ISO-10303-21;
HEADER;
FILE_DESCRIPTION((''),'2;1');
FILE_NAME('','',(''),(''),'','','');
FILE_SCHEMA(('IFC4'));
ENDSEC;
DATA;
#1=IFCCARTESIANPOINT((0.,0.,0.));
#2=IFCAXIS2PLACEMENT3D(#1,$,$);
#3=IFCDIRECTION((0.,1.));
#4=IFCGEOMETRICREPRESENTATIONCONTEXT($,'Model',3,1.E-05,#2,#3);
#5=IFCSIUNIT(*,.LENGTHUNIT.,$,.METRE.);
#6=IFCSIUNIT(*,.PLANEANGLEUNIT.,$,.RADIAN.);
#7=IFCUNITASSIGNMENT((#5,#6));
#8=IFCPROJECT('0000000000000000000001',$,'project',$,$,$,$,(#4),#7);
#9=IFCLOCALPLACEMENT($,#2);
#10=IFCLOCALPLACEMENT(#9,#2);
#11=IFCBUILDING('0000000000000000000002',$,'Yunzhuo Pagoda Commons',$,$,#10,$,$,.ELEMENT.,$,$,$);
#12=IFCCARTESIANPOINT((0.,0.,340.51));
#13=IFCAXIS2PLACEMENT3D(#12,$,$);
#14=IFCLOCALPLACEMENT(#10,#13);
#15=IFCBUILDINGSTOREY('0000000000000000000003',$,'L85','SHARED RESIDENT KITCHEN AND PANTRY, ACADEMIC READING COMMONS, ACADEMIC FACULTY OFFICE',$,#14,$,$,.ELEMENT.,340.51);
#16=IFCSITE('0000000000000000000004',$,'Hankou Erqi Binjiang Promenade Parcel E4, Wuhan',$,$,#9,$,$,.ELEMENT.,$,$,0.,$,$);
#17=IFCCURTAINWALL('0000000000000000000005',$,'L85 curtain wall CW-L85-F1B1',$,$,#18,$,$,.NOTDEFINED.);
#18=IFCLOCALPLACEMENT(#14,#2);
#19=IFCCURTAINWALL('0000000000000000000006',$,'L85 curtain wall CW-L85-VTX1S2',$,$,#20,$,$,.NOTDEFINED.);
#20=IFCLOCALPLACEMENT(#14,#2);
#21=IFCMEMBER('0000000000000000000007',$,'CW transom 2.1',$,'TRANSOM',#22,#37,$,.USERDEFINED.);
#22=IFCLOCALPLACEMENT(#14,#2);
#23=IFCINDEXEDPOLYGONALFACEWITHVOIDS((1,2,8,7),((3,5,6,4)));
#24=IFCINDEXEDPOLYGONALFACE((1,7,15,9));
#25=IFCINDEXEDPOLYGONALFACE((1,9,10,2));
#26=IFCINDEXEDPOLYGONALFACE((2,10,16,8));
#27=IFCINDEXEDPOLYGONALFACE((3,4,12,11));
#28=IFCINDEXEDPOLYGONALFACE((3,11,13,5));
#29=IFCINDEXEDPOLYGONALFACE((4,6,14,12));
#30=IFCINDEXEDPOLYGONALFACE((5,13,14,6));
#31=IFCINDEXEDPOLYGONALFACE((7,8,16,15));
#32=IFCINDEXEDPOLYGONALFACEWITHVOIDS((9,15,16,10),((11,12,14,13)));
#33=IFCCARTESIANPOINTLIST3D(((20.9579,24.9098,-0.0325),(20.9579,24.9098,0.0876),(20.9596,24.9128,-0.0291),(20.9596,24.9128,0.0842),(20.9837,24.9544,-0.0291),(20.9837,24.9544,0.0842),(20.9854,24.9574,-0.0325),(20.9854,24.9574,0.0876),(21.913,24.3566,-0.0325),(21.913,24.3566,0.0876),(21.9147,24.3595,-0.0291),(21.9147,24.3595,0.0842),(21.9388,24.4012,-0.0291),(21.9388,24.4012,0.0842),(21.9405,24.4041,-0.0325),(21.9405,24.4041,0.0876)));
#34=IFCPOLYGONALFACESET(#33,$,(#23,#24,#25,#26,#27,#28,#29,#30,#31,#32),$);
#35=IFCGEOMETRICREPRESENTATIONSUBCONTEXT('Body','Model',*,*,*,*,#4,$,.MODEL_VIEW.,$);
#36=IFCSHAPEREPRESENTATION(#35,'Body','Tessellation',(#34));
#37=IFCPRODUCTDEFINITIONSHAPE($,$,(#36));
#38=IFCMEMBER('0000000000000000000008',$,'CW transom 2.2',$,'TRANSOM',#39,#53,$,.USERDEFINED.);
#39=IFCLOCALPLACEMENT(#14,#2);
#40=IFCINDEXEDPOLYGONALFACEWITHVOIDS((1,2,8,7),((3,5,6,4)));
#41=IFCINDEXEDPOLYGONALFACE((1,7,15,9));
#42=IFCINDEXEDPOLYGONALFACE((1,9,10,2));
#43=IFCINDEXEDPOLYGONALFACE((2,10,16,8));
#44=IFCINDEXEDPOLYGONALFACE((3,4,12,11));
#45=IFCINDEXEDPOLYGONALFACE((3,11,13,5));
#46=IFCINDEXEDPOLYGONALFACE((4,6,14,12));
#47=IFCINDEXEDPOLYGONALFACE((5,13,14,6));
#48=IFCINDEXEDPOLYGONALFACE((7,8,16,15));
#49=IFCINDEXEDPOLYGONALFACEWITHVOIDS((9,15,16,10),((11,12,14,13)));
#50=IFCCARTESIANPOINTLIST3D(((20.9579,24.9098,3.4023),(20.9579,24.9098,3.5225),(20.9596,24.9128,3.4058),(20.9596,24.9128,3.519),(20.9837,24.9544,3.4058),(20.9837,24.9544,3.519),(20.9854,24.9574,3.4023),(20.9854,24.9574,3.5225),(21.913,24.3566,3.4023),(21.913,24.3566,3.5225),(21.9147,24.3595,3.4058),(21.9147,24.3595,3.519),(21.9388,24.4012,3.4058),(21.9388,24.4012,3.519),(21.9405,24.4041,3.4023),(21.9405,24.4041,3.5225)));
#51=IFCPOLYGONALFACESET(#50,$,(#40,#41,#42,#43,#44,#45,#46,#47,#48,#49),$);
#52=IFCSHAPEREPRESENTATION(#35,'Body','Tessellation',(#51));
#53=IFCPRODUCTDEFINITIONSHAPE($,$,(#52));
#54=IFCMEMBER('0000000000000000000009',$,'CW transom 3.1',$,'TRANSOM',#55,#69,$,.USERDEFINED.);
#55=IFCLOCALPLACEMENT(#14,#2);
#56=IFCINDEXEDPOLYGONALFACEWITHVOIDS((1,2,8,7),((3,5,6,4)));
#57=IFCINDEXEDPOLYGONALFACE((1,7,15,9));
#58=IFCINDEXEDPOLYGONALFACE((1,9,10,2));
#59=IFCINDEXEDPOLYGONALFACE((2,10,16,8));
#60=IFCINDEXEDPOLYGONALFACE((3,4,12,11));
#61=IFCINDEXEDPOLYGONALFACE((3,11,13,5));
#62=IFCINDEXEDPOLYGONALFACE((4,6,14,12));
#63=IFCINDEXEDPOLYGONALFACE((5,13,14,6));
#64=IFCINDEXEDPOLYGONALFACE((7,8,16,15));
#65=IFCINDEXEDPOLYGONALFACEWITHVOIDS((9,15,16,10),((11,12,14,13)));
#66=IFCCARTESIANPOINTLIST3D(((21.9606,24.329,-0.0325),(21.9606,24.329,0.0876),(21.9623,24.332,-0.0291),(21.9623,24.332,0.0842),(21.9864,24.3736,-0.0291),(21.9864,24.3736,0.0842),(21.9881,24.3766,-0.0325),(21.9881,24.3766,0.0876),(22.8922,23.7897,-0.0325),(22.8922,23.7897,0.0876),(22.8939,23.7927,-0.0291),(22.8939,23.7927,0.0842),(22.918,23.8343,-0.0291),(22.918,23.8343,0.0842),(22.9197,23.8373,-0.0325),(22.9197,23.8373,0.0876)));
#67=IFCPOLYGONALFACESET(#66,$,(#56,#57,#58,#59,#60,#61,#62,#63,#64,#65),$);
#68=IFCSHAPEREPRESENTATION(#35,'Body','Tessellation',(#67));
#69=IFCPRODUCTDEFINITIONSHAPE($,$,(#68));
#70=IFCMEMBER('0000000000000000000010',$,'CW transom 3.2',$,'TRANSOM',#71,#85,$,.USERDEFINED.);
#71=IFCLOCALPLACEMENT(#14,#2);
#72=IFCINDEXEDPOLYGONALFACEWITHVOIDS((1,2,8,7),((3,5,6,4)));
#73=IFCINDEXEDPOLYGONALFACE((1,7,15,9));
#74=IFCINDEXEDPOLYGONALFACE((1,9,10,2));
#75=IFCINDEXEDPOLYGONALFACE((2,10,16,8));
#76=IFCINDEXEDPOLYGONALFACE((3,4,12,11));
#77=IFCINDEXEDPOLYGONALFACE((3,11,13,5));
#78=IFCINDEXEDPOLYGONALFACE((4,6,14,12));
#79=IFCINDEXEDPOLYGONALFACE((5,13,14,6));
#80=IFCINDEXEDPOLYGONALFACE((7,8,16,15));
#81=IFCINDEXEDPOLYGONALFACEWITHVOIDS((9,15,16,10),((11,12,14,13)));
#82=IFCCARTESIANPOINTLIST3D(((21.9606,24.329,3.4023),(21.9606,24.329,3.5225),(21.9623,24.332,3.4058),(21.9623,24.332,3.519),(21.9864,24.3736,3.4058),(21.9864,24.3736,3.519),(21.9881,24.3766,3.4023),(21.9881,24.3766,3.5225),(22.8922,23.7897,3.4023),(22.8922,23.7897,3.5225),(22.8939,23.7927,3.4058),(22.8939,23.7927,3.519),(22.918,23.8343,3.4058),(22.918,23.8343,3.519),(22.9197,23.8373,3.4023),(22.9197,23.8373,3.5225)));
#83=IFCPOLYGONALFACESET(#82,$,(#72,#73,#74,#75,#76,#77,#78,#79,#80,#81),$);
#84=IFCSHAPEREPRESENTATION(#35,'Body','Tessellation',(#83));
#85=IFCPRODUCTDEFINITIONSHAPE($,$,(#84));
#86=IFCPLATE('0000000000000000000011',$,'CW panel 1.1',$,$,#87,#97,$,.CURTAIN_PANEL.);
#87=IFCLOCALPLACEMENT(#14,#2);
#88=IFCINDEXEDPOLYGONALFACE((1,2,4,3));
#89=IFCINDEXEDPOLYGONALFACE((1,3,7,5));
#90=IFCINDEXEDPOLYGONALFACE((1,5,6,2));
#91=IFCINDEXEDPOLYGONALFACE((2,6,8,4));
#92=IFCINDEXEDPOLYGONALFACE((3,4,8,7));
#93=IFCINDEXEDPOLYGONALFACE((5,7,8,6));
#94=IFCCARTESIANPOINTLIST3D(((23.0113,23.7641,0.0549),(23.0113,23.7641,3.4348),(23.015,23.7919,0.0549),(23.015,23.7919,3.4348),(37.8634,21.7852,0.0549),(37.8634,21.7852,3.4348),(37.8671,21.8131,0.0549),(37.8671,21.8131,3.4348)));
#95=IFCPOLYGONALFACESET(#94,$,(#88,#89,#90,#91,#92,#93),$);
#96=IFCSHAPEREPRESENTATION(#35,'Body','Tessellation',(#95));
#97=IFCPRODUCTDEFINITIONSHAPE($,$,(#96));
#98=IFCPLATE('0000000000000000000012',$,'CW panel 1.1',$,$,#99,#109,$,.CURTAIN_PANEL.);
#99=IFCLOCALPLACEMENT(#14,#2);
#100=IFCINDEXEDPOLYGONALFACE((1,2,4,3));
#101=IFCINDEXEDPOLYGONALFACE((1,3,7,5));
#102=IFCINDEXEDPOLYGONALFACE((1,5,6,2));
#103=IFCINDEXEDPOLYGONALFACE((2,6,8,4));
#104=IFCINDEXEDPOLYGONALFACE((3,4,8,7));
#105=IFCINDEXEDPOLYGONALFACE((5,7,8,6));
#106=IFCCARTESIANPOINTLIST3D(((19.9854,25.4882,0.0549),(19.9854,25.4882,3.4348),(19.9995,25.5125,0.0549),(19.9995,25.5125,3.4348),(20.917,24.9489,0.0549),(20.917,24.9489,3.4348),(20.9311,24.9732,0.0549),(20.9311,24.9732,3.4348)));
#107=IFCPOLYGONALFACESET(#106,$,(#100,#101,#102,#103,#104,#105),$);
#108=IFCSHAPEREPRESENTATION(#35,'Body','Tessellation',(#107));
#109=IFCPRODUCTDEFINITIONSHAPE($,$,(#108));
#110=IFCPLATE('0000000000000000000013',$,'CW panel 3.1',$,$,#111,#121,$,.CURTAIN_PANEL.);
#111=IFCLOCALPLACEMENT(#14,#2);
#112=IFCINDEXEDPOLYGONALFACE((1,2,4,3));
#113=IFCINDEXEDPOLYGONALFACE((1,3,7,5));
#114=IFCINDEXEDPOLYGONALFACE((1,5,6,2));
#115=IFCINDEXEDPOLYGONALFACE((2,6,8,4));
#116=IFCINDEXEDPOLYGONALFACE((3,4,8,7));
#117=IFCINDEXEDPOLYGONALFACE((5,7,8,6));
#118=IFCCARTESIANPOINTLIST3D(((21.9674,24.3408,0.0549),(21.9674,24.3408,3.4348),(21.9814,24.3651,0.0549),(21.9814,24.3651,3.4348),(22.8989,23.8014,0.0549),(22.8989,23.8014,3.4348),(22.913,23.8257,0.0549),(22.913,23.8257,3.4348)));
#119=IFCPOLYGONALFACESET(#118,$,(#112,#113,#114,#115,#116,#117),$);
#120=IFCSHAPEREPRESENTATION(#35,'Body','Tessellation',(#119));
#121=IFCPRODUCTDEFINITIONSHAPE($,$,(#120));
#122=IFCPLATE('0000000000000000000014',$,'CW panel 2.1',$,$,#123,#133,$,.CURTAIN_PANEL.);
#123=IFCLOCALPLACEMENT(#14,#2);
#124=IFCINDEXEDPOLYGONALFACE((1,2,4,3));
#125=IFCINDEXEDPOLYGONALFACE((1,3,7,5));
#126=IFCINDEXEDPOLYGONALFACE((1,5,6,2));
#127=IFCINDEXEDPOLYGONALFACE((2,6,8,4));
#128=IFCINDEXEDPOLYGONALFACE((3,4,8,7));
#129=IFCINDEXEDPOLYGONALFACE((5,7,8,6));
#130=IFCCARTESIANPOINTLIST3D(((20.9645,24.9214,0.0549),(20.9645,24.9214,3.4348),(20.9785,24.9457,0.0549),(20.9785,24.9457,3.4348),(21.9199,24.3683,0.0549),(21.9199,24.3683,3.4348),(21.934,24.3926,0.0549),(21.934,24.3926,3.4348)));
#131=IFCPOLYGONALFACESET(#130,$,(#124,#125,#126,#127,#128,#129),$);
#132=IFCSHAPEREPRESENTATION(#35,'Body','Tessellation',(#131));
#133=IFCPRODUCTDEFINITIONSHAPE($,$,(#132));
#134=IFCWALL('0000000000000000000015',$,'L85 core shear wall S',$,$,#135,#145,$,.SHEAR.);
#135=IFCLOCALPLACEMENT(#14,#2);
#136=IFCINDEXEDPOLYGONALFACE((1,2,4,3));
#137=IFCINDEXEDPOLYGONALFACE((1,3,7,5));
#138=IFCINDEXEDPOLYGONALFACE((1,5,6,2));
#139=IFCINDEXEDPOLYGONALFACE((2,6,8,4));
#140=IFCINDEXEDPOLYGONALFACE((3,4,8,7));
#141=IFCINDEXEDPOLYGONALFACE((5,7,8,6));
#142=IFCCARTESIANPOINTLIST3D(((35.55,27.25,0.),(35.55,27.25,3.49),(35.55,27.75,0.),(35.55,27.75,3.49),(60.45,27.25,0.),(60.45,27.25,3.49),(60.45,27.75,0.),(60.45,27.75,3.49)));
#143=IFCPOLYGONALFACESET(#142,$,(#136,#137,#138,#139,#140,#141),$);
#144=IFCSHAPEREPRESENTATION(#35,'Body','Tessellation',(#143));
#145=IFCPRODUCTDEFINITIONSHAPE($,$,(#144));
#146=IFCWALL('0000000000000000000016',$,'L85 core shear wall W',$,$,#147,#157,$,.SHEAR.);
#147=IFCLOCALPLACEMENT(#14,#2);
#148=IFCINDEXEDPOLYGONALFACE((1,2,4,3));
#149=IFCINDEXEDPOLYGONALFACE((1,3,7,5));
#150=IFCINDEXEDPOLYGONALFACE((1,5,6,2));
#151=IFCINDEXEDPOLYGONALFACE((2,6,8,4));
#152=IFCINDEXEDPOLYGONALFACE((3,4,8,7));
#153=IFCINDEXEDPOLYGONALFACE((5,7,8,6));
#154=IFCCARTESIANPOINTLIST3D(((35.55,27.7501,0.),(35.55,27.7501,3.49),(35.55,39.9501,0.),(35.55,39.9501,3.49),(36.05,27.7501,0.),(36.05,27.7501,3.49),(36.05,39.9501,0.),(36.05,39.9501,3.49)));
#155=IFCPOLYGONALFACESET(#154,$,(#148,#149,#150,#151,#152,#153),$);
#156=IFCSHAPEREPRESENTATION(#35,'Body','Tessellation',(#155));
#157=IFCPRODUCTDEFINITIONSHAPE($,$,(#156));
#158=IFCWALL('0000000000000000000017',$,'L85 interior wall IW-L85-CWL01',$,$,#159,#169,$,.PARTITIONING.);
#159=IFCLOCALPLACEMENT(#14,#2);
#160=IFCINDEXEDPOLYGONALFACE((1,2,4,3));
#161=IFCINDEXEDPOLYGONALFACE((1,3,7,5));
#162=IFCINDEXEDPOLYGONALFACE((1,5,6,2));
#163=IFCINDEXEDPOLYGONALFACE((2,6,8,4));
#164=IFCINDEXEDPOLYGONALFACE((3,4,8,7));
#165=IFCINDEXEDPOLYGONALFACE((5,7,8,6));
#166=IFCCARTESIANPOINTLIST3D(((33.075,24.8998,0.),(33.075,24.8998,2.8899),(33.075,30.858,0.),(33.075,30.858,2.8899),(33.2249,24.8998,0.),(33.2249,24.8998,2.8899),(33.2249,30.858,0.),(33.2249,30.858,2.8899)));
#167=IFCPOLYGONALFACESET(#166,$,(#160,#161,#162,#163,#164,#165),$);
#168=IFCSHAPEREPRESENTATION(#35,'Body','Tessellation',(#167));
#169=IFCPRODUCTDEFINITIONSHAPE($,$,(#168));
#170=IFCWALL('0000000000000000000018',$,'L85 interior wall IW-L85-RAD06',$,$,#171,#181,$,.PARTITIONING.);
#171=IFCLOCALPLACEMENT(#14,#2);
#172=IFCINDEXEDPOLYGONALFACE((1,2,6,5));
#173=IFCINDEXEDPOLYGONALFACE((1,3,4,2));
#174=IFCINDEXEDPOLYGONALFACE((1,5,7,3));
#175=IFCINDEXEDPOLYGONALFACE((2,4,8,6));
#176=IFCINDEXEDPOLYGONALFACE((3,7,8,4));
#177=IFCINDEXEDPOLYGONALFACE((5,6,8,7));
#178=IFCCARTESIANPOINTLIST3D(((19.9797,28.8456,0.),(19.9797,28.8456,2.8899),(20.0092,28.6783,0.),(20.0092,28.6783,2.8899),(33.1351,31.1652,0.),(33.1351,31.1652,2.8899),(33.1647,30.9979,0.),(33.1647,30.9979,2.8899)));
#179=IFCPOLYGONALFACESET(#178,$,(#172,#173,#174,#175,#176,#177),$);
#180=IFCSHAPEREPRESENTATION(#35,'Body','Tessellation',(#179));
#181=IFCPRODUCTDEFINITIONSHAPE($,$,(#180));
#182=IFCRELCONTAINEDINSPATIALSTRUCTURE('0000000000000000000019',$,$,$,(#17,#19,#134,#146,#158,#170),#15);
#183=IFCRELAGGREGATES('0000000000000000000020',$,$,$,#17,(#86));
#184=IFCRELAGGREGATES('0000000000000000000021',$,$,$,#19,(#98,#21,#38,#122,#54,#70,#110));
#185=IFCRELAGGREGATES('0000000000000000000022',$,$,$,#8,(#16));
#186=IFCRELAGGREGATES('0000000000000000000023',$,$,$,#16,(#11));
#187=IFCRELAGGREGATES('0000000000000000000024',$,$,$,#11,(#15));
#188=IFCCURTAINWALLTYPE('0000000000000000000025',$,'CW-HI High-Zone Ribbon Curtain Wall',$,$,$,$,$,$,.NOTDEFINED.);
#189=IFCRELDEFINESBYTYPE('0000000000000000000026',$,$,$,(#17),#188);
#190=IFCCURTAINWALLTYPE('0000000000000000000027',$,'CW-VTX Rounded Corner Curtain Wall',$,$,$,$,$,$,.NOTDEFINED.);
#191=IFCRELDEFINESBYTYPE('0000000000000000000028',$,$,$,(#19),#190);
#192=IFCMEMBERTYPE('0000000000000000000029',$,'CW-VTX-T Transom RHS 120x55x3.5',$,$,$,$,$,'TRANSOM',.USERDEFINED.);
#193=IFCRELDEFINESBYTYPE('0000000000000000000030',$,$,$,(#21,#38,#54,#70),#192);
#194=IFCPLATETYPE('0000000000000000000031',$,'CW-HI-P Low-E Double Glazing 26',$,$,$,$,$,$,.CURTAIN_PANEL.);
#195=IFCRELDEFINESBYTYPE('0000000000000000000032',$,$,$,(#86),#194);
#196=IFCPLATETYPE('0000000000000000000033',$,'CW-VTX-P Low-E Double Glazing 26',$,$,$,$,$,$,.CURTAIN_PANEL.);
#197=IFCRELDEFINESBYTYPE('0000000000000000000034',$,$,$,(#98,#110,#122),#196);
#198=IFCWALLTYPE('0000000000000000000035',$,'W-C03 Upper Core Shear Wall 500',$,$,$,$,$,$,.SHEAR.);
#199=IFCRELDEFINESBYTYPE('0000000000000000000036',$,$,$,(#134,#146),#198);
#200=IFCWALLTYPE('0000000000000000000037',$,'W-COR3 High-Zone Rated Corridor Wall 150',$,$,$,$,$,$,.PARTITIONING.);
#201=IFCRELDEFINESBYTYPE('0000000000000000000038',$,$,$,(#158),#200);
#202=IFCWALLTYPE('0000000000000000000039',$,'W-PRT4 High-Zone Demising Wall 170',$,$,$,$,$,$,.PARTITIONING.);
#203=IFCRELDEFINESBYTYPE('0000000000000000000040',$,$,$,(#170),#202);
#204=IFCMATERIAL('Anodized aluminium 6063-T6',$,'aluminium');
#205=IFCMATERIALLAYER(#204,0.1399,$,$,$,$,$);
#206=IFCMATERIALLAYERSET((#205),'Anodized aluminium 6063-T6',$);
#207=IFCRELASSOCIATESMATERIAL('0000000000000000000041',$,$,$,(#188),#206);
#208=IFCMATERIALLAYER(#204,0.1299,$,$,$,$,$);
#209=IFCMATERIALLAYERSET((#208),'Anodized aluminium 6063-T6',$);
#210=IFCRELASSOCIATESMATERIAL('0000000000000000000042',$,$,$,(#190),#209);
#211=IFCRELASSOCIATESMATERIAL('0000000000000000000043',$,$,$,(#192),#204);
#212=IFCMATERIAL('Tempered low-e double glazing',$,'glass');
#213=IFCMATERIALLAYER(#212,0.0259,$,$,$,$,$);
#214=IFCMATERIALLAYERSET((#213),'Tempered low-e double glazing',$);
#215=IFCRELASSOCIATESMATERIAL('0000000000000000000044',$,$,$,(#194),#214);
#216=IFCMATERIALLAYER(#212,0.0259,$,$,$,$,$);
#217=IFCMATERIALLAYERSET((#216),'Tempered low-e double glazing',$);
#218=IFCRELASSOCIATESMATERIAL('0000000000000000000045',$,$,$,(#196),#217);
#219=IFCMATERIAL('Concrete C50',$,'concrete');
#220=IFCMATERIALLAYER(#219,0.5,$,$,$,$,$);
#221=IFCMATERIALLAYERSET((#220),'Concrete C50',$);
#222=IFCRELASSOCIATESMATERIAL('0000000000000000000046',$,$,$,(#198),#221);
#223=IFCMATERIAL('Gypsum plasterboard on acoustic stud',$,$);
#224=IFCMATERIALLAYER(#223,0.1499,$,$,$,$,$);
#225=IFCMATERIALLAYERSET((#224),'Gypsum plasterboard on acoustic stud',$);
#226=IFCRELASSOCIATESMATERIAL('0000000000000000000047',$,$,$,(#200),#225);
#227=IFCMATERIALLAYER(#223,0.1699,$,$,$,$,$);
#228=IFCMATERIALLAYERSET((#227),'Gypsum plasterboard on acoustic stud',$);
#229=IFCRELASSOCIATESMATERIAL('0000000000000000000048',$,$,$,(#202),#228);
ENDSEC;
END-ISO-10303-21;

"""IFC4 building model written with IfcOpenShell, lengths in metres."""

from ifc_helpers import new_model, si_unit, direction, frame, frame_2d, origin, origin_2d, place, context, subcontext, project, spatial, rectangle, hollow_rectangle, extrude, source, transform, mapped, material, layer, layer_set, material_profile, profile_set, type_object, element, aggregate, save


model = new_model("IFC4")

# Units and contexts
model_context = context("Model", 3, precision=1e-05, world=origin(), true_north=direction((0.0, 1.0)))
body_context = subcontext(model_context, "Body", "Model", "MODEL_VIEW")
ifc_project = project(units=[si_unit("LENGTHUNIT", "METRE"), si_unit("PLANEANGLEUNIT", "RADIAN")], contexts=[model_context])

# Site, building, storey
site_placement = place(None, origin())
site = spatial("IfcSite", under=ifc_project, at=site_placement, Name="Hankou Erqi Binjiang Promenade Parcel E4, Wuhan", CompositionType="ELEMENT", RefElevation=0.0)
building_placement = place(site_placement, origin())
building = spatial("IfcBuilding", under=site, at=building_placement, Name="Yunzhuo Pagoda Commons", CompositionType="ELEMENT")
storey_placement = place(building_placement, frame((0.0, 0.0, 340.51)))
storey = spatial("IfcBuildingStorey", under=building, at=storey_placement, Name="L85", Description="SHARED RESIDENT KITCHEN AND PANTRY, ACADEMIC READING COMMONS, ACADEMIC FACULTY OFFICE", CompositionType="ELEMENT", Elevation=340.51)

# Curtain wall
ifc_material_1 = material(Name="Anodized aluminium 6063-T6", Category="aluminium")
ifc_layer_1 = layer(ifc_material_1, 0.1399)
ifc_layer_set_1 = layer_set([ifc_layer_1], Name="Anodized aluminium 6063-T6")
curtain_wall_type_1 = type_object("IfcCurtainWallType", Name="CW-HI High-Zone Ribbon Curtain Wall", PredefinedType="NOTDEFINED", material=ifc_layer_set_1)
curtain_wall_1_placement = place(storey_placement, origin())
curtain_wall_1 = element("IfcCurtainWall", 1, at=curtain_wall_1_placement, inside=storey, type_object=curtain_wall_type_1, Name="L85 curtain wall CW-L85-F1B1", PredefinedType="NOTDEFINED")

# Curtain wall, members
ifc_layer_2 = layer(ifc_material_1, 0.1299)
ifc_layer_set_2 = layer_set([ifc_layer_2], Name="Anodized aluminium 6063-T6")
curtain_wall_type_2 = type_object("IfcCurtainWallType", Name="CW-VTX Rounded Corner Curtain Wall", PredefinedType="NOTDEFINED", material=ifc_layer_set_2)
curtain_wall_2_placement = place(storey_placement, origin())
curtain_wall_2 = element("IfcCurtainWall", 2, at=curtain_wall_2_placement, inside=storey, type_object=curtain_wall_type_2, Name="L85 curtain wall CW-L85-VTX1S2", PredefinedType="NOTDEFINED")
ifc_material_profile_1 = material_profile(ifc_material_1, hollow_rectangle(XDim=0.0549, YDim=0.1201, WallThickness=0.0034, at=origin_2d()), Name="Anodized aluminium 6063-T6")
ifc_profile_set_1 = profile_set([ifc_material_profile_1], Name="Anodized aluminium 6063-T6")
member_type_1 = type_object("IfcMemberType", Name="CW-VTX-T Transom RHS 120x55x3.5", ElementType="TRANSOM", PredefinedType="USERDEFINED", material=ifc_profile_set_1)
shared_shape_1 = source(origin(), body_context, "Body", "SweptSolid", [
    extrude(hollow_rectangle(XDim=0.0549, YDim=0.1201, WallThickness=0.0034, at=origin_2d()), origin(), (0.0, 0.0, 1.0), 1.1038),
])
member_1_placement = place(storey_placement, frame((20.9717, 24.9336, 0.0276), z_axis=(0.865315, -0.501228, 0.0), x_axis=(0.501228, 0.865315, 0.0)))
member_1 = element("IfcMember", 3, at=member_1_placement, type_object=member_type_1, Name="CW transom 2.1", ObjectType="TRANSOM", PredefinedType="USERDEFINED", context=body_context, shape_type="MappedRepresentation", body=[
    mapped(shared_shape_1, transform((0.0, 0.0, 0.0), scale=1.0)),
])
member_2_placement = place(storey_placement, frame((20.9717, 24.9336, 3.4624), z_axis=(0.865315, -0.501228, 0.0), x_axis=(0.501228, 0.865315, 0.0)))
member_2 = element("IfcMember", 4, at=member_2_placement, type_object=member_type_1, Name="CW transom 2.2", ObjectType="TRANSOM", PredefinedType="USERDEFINED", context=body_context, shape_type="MappedRepresentation", body=[
    mapped(shared_shape_1, transform((0.0, 0.0, 0.0), scale=1.0)),
])
shared_shape_2 = source(origin(), body_context, "Body", "SweptSolid", [
    extrude(hollow_rectangle(XDim=0.0549, YDim=0.1201, WallThickness=0.0034, at=origin_2d()), origin(), (0.0, 0.0, 1.0), 1.0764),
])
member_3_placement = place(storey_placement, frame((21.9744, 24.3528, 0.0276), z_axis=(0.865452, -0.500992, 0.0), x_axis=(0.500992, 0.865452, 0.0)))
member_3 = element("IfcMember", 5, at=member_3_placement, type_object=member_type_1, Name="CW transom 3.1", ObjectType="TRANSOM", PredefinedType="USERDEFINED", context=body_context, shape_type="MappedRepresentation", body=[
    mapped(shared_shape_2, transform((0.0, 0.0, 0.0), scale=1.0)),
])
member_4_placement = place(storey_placement, frame((21.9744, 24.3528, 3.4624), z_axis=(0.865452, -0.500992, 0.0), x_axis=(0.500992, 0.865452, 0.0)))
member_4 = element("IfcMember", 6, at=member_4_placement, type_object=member_type_1, Name="CW transom 3.2", ObjectType="TRANSOM", PredefinedType="USERDEFINED", context=body_context, shape_type="MappedRepresentation", body=[
    mapped(shared_shape_2, transform((0.0, 0.0, 0.0), scale=1.0)),
])

# Plates
ifc_material_2 = material(Name="Tempered low-e double glazing", Category="glass")
ifc_layer_3 = layer(ifc_material_2, 0.0259)
ifc_layer_set_3 = layer_set([ifc_layer_3], Name="Tempered low-e double glazing")
plate_type_1 = type_object("IfcPlateType", Name="CW-HI-P Low-E Double Glazing 26", PredefinedType="CURTAIN_PANEL", material=ifc_layer_set_3)
shared_shape_3 = source(origin(), body_context, "Body", "SweptSolid", [
    extrude(rectangle(XDim=14.9834, YDim=0.0281, at=origin_2d()), origin(), (0.0, 0.0, 1.0), 3.3799),
])
plate_1_placement = place(storey_placement, frame((30.4392, 22.7886, 0.0549), z_axis=(0.0, 0.0, 1.0), x_axis=(0.991241, -0.132069, 0.0)))
plate_1 = element("IfcPlate", 7, at=plate_1_placement, type_object=plate_type_1, Name="CW panel 1.1", PredefinedType="CURTAIN_PANEL", context=body_context, shape_type="MappedRepresentation", body=[
    mapped(shared_shape_3, transform((0.0, 0.0, 0.0), scale=1.0)),
])
aggregate(curtain_wall_1, [plate_1])
ifc_layer_4 = layer(ifc_material_2, 0.0259)
ifc_layer_set_4 = layer_set([ifc_layer_4], Name="Tempered low-e double glazing")
plate_type_2 = type_object("IfcPlateType", Name="CW-VTX-P Low-E Double Glazing 26", PredefinedType="CURTAIN_PANEL", material=ifc_layer_set_4)
shared_shape_4 = source(origin(), body_context, "Body", "SweptSolid", [
    extrude(rectangle(XDim=1.0764, YDim=0.0281, at=origin_2d()), origin(), (0.0, 0.0, 1.0), 3.3799),
])
plate_2_placement = place(storey_placement, frame((20.4583, 25.2307, 0.0549), z_axis=(0.0, 0.0, 1.0), x_axis=(0.865431, -0.501028, 0.0)))
plate_2 = element("IfcPlate", 8, at=plate_2_placement, type_object=plate_type_2, Name="CW panel 1.1", PredefinedType="CURTAIN_PANEL", context=body_context, shape_type="MappedRepresentation", body=[
    mapped(shared_shape_4, transform((0.0, 0.0, 0.0), scale=1.0)),
])
plate_3_placement = place(storey_placement, frame((22.4402, 24.0833, 0.0549), z_axis=(0.0, 0.0, 1.0), x_axis=(0.865431, -0.501028, 0.0)))
plate_3 = element("IfcPlate", 9, at=plate_3_placement, type_object=plate_type_2, Name="CW panel 3.1", PredefinedType="CURTAIN_PANEL", context=body_context, shape_type="MappedRepresentation", body=[
    mapped(shared_shape_4, transform((0.0, 0.0, 0.0), scale=1.0)),
])
shared_shape_5 = source(origin(), body_context, "Body", "SweptSolid", [
    extrude(rectangle(XDim=1.104, YDim=0.0281, at=origin_2d()), origin(), (0.0, 0.0, 1.0), 3.3799),
])
plate_4_placement = place(storey_placement, frame((21.4492, 24.657, 0.0549), z_axis=(0.0, 0.0, 1.0), x_axis=(0.865431, -0.501028, 0.0)))
plate_4 = element("IfcPlate", 10, at=plate_4_placement, type_object=plate_type_2, Name="CW panel 2.1", PredefinedType="CURTAIN_PANEL", context=body_context, shape_type="MappedRepresentation", body=[
    mapped(shared_shape_5, transform((0.0, 0.0, 0.0), scale=1.0)),
])
aggregate(curtain_wall_2, [plate_2, member_1, member_2, plate_4, member_3, member_4, plate_3])

# Walls
ifc_material_3 = material(Name="Concrete C50", Category="concrete")
ifc_layer_5 = layer(ifc_material_3, 0.5)
ifc_layer_set_5 = layer_set([ifc_layer_5], Name="Concrete C50")
wall_type_1 = type_object("IfcWallType", Name="W-C03 Upper Core Shear Wall 500", PredefinedType="SHEAR", material=ifc_layer_set_5)
wall_1_placement = place(storey_placement, frame((35.55, 27.5, 0.0), z_axis=(0.0, 0.0, 1.0), x_axis=(1.0, 0.0, 0.0)))
element("IfcWall", 11, at=wall_1_placement, inside=storey, type_object=wall_type_1, Name="L85 core shear wall S", PredefinedType="SHEAR", context=body_context, shape_type="SweptSolid", body=[
    extrude(rectangle(XDim=24.8999, YDim=0.5, at=frame_2d((12.45, 0.0))), origin(), (0.0, 0.0, 1.0), 3.49),
])
wall_2_placement = place(storey_placement, frame((35.8, 27.75, 0.0), z_axis=(0.0, 0.0, 1.0), x_axis=(0.0, 1.0, 0.0)))
element("IfcWall", 12, at=wall_2_placement, inside=storey, type_object=wall_type_1, Name="L85 core shear wall W", PredefinedType="SHEAR", context=body_context, shape_type="SweptSolid", body=[
    extrude(rectangle(XDim=12.2, YDim=0.5, at=frame_2d((6.1001, 0.0))), origin(), (0.0, 0.0, 1.0), 3.49),
])
ifc_material_4 = material(Name="Gypsum plasterboard on acoustic stud")
ifc_layer_6 = layer(ifc_material_4, 0.1499)
ifc_layer_set_6 = layer_set([ifc_layer_6], Name="Gypsum plasterboard on acoustic stud")
wall_type_2 = type_object("IfcWallType", Name="W-COR3 High-Zone Rated Corridor Wall 150", PredefinedType="PARTITIONING", material=ifc_layer_set_6)
wall_3_placement = place(storey_placement, frame((33.1499, 24.8999, 0.0), z_axis=(0.0, 0.0, 1.0), x_axis=(0.0, 1.0, 0.0)))
element("IfcWall", 13, at=wall_3_placement, inside=storey, type_object=wall_type_2, Name="L85 interior wall IW-L85-CWL01", PredefinedType="PARTITIONING", context=body_context, shape_type="SweptSolid", body=[
    extrude(rectangle(XDim=5.9583, YDim=0.1499, at=frame_2d((2.979, 0.0))), origin(), (0.0, 0.0, 1.0), 2.8899),
])
ifc_layer_7 = layer(ifc_material_4, 0.1699)
ifc_layer_set_7 = layer_set([ifc_layer_7], Name="Gypsum plasterboard on acoustic stud")
wall_type_3 = type_object("IfcWallType", Name="W-PRT4 High-Zone Demising Wall 170", PredefinedType="PARTITIONING", material=ifc_layer_set_7)
wall_4_placement = place(storey_placement, frame((33.1499, 31.0815, 0.0), z_axis=(0.0, 0.0, 1.0), x_axis=(-0.984809, -0.173641, 0.0)))
element("IfcWall", 14, at=wall_4_placement, inside=storey, type_object=wall_type_3, Name="L85 interior wall IW-L85-RAD06", PredefinedType="PARTITIONING", context=body_context, shape_type="SweptSolid", body=[
    extrude(rectangle(XDim=13.3584, YDim=0.1699, at=frame_2d((6.6792, 0.0))), origin(), (0.0, 0.0, 1.0), 2.8899),
])

save(model, "model.ifc")
